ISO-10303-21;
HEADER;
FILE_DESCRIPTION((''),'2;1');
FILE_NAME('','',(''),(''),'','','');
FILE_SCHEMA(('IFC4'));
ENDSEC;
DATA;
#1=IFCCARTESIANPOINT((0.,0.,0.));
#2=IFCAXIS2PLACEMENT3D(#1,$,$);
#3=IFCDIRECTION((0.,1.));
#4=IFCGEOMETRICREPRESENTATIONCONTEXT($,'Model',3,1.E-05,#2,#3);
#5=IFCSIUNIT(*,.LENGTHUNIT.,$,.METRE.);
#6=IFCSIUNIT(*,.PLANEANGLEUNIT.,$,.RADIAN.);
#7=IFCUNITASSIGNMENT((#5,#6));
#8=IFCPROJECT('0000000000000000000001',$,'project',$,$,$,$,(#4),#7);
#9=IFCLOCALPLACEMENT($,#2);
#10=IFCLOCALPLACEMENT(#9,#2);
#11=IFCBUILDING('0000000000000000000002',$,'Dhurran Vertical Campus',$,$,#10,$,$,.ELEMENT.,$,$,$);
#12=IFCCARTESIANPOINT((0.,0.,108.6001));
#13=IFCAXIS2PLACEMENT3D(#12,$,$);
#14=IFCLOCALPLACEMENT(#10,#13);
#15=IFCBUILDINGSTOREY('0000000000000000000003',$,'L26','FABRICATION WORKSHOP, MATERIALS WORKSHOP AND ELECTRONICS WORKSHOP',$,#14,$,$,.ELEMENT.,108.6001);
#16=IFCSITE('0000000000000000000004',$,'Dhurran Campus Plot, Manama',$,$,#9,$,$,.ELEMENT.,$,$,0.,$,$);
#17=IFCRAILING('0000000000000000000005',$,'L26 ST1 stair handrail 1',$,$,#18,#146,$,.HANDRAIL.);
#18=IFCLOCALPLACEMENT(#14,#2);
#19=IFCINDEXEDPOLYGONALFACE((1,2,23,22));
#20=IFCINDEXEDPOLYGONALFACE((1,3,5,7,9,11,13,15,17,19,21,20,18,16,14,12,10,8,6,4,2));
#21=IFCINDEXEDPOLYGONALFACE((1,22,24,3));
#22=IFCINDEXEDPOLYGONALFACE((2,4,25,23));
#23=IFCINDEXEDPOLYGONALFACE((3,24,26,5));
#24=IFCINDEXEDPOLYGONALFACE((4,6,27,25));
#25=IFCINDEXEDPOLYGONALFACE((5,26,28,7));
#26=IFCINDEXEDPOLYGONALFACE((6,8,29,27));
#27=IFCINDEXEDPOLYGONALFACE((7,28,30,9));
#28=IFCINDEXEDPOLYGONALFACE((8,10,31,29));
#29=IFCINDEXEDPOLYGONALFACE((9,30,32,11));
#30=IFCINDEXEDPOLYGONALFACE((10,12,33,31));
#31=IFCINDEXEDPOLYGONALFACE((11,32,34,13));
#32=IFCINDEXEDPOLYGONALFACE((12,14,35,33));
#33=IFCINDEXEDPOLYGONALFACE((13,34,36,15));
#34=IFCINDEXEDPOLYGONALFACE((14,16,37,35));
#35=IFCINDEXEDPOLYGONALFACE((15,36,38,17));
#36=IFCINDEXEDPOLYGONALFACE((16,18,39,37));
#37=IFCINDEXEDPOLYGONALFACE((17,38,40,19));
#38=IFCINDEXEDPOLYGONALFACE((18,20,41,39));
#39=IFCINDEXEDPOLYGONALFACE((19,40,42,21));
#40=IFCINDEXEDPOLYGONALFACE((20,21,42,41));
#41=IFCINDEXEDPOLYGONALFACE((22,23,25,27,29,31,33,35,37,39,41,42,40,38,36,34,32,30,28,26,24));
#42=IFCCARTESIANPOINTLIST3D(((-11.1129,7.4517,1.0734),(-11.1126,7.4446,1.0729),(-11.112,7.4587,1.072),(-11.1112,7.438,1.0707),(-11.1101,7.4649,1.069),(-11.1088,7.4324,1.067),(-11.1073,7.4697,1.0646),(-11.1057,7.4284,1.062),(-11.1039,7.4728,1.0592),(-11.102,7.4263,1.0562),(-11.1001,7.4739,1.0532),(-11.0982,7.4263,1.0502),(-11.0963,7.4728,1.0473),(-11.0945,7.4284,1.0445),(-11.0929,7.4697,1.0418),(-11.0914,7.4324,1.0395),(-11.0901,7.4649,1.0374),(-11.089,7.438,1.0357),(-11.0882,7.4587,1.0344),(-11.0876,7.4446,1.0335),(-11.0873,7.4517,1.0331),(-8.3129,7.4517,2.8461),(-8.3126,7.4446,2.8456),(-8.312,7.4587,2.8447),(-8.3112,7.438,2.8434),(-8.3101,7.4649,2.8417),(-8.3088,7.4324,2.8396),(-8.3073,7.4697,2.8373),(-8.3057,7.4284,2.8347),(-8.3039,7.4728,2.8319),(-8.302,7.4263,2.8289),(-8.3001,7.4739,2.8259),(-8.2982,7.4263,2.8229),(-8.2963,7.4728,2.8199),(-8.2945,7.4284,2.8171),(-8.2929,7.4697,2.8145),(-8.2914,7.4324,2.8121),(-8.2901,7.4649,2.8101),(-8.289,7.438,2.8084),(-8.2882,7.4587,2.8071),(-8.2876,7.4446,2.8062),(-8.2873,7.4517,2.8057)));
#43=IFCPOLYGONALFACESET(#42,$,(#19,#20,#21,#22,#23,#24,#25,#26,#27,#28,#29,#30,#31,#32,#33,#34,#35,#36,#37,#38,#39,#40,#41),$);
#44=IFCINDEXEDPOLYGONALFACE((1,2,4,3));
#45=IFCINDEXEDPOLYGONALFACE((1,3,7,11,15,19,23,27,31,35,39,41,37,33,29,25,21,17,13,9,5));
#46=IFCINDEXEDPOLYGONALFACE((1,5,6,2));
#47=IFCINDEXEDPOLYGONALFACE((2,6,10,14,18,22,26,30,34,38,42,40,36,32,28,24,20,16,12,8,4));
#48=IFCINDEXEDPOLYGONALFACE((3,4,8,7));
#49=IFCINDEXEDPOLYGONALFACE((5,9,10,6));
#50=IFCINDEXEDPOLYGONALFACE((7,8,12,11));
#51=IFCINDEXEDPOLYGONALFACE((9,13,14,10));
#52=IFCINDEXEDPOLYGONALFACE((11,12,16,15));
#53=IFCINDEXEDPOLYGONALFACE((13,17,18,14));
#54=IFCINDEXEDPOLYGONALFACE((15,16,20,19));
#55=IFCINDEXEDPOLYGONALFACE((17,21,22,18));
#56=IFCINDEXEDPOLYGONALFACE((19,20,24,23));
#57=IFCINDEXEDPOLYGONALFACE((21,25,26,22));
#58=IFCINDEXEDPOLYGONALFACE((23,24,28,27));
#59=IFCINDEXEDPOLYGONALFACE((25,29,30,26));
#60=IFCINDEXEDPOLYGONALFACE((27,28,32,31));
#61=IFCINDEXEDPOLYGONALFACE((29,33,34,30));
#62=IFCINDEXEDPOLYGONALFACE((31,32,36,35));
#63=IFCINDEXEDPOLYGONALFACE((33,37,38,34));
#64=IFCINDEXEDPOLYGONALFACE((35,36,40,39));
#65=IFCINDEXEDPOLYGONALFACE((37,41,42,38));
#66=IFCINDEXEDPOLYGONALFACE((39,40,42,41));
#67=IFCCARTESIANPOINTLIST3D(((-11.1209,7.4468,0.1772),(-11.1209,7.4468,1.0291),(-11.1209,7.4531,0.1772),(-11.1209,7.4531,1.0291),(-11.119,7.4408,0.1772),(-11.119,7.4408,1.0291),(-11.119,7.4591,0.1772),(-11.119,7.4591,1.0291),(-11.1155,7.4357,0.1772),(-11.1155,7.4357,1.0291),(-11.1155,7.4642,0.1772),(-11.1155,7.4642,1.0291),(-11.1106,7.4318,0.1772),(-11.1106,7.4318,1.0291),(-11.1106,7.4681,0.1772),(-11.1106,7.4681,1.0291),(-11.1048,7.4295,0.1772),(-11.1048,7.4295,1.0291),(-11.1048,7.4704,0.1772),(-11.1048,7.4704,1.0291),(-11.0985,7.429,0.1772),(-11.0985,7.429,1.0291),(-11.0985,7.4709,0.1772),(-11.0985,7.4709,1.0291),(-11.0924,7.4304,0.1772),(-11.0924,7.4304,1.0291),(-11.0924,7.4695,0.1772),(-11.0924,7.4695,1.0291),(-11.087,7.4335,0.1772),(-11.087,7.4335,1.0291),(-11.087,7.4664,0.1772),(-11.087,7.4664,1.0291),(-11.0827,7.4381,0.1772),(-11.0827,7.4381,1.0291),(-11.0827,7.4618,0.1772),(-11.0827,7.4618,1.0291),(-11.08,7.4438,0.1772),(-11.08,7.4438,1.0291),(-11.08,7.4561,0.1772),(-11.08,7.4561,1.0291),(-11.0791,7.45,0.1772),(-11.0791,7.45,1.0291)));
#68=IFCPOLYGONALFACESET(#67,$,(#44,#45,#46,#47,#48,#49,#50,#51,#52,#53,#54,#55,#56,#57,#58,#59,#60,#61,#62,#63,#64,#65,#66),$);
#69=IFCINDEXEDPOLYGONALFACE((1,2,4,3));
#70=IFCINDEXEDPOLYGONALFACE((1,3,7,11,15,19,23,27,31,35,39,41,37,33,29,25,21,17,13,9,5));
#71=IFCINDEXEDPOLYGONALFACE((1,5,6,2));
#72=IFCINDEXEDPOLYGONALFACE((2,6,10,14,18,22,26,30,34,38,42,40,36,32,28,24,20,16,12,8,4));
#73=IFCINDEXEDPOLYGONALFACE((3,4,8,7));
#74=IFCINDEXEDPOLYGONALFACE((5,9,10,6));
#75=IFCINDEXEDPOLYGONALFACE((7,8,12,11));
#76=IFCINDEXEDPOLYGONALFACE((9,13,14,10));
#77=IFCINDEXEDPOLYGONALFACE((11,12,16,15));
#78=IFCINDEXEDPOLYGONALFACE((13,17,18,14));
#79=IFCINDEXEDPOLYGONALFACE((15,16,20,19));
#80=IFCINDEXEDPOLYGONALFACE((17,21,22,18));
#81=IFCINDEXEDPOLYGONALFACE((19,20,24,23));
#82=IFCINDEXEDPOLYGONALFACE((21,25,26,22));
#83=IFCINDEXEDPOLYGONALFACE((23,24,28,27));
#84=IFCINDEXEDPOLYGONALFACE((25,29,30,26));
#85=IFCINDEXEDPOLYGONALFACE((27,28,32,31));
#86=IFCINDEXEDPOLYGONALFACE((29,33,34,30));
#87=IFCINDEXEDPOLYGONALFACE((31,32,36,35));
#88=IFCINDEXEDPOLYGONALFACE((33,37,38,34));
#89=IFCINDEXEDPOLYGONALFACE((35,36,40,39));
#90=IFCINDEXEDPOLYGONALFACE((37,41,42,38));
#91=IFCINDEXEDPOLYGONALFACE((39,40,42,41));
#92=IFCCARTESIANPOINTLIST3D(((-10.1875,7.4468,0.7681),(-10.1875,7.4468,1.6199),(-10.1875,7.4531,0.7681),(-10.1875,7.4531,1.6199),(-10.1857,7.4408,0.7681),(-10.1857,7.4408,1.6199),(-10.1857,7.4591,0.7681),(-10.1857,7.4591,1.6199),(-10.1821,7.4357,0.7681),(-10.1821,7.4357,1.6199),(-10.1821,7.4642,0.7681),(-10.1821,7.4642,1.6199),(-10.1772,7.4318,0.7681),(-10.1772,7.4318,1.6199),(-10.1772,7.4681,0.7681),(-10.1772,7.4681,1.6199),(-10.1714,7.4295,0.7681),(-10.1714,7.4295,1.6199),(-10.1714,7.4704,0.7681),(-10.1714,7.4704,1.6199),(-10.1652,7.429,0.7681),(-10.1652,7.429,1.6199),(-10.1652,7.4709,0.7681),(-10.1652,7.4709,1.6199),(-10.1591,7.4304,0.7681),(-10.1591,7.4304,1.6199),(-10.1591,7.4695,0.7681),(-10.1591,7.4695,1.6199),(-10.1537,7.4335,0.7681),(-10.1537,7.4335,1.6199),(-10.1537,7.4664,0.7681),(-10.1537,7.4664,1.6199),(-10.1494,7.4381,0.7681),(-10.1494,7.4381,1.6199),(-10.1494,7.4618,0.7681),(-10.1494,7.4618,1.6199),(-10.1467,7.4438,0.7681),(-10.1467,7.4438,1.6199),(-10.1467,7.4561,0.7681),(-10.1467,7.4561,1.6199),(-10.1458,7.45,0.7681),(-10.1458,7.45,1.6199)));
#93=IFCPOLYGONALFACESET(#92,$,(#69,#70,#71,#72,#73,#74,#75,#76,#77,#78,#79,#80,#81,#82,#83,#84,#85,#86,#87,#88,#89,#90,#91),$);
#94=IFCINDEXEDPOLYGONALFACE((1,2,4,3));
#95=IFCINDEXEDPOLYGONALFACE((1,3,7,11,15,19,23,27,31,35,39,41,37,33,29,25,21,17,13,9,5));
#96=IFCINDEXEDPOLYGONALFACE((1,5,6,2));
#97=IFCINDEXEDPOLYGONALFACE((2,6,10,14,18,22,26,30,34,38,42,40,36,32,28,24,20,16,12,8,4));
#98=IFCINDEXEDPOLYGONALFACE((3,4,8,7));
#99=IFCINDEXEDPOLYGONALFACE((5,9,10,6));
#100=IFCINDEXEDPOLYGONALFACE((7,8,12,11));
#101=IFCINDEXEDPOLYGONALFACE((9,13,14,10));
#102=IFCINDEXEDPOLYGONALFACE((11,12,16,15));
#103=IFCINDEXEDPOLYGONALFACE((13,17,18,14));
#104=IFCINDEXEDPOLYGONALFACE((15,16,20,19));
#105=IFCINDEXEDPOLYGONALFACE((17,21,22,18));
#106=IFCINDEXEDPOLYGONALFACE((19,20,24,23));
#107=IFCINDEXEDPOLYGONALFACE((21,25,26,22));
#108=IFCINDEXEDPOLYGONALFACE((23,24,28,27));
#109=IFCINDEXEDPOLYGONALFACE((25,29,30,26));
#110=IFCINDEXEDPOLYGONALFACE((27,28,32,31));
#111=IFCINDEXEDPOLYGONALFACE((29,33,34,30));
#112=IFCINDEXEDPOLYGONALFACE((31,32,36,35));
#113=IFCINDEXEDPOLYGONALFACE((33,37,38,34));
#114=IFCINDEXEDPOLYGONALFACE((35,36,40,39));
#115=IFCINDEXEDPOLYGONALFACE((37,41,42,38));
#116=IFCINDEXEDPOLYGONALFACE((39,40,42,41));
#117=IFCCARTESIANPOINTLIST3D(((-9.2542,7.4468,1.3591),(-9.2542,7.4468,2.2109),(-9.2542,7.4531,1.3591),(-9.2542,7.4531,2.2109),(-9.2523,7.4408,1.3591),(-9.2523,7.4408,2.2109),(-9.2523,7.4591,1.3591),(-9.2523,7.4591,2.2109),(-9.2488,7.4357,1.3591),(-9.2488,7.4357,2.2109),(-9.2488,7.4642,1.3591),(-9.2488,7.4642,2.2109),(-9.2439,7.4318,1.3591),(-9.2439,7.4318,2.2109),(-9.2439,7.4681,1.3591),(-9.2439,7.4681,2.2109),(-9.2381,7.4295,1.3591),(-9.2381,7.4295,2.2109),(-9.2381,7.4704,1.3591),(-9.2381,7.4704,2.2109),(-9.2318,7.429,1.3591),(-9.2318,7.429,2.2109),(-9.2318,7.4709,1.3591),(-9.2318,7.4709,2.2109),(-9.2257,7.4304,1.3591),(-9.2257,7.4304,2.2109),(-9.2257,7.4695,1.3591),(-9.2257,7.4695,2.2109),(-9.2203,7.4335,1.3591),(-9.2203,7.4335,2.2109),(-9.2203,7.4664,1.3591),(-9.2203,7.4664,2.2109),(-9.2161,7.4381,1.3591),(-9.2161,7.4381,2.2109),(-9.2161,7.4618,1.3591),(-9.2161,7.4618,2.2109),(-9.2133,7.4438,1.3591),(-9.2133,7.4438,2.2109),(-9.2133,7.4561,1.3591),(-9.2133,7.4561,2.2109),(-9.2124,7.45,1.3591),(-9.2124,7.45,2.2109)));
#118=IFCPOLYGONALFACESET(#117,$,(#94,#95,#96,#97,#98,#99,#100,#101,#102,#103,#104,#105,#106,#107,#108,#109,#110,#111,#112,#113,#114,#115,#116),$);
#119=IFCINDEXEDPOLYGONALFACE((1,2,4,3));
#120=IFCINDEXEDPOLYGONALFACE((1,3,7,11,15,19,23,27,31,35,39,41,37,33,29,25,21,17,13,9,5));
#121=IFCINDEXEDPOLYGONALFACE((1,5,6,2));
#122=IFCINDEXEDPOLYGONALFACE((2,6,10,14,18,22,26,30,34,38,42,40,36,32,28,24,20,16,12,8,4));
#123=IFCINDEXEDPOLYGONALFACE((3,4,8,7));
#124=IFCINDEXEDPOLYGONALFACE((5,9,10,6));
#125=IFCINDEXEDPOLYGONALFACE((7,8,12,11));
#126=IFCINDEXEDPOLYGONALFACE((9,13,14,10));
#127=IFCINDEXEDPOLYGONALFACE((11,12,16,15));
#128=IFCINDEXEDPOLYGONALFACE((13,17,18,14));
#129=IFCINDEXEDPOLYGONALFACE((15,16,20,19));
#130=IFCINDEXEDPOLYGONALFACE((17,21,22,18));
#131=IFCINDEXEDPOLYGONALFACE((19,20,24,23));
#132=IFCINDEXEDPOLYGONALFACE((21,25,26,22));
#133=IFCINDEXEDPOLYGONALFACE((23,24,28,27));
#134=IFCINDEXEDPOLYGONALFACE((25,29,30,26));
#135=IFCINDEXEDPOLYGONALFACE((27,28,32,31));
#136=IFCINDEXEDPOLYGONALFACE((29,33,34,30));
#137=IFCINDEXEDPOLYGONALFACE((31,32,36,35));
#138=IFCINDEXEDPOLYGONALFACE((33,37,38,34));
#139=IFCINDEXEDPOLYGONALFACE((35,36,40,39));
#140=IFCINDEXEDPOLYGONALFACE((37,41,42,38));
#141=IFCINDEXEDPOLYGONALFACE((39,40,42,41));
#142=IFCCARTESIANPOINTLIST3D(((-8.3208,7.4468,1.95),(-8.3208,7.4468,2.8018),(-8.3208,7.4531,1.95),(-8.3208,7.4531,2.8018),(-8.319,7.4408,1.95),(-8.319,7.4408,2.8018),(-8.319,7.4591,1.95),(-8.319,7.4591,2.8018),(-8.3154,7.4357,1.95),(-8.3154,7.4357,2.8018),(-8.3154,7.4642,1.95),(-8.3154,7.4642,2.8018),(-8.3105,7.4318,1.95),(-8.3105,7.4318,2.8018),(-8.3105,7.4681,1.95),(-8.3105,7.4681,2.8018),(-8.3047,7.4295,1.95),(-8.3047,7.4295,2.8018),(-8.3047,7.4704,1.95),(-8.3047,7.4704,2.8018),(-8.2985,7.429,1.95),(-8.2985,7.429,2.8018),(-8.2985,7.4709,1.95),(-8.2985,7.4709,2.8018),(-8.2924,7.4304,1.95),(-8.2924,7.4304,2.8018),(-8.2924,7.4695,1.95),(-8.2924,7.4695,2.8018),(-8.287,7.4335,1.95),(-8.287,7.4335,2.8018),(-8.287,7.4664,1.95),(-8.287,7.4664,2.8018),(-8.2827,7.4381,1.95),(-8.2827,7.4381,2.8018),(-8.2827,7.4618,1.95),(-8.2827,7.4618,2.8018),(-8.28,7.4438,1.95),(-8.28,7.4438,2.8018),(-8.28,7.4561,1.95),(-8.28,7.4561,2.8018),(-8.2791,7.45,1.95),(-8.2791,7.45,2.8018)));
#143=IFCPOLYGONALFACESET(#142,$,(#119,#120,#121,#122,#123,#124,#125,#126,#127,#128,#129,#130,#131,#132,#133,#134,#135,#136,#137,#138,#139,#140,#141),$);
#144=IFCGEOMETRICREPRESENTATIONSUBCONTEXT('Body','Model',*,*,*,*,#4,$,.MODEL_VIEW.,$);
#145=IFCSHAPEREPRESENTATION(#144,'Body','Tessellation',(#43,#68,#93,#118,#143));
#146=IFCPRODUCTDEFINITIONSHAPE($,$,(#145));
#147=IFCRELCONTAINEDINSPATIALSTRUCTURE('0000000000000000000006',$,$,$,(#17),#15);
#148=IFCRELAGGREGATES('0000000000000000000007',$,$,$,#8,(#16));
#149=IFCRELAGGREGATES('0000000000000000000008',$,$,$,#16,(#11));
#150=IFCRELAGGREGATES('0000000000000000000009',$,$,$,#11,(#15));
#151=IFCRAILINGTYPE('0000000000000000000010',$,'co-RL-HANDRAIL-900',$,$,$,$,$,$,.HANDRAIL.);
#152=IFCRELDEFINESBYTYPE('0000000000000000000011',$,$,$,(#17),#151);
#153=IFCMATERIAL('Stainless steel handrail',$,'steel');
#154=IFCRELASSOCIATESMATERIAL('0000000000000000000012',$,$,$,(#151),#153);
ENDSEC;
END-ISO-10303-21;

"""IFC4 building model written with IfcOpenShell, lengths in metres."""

from ifc_helpers import new_model, si_unit, direction, frame, origin, origin_2d, place, context, subcontext, project, spatial, circle, extrude, material, type_object, element, save


model = new_model("IFC4")

# Units and contexts
model_context = context("Model", 3, precision=1e-05, world=origin(), true_north=direction((0.0, 1.0)))
body_context = subcontext(model_context, "Body", "Model", "MODEL_VIEW")
ifc_project = project(units=[si_unit("LENGTHUNIT", "METRE"), si_unit("PLANEANGLEUNIT", "RADIAN")], contexts=[model_context])

# Site, building, storey
site_placement = place(None, origin())
site = spatial("IfcSite", under=ifc_project, at=site_placement, Name="Dhurran Campus Plot, Manama", CompositionType="ELEMENT", RefElevation=0.0)
building_placement = place(site_placement, origin())
building = spatial("IfcBuilding", under=site, at=building_placement, Name="Dhurran Vertical Campus", CompositionType="ELEMENT")
storey_placement = place(building_placement, frame((0.0, 0.0, 108.6001)))
storey = spatial("IfcBuildingStorey", under=building, at=storey_placement, Name="L26", Description="FABRICATION WORKSHOP, MATERIALS WORKSHOP AND ELECTRONICS WORKSHOP", CompositionType="ELEMENT", Elevation=108.6001)

# Railing
ifc_material_1 = material(Name="Stainless steel handrail", Category="steel")
railing_type_1 = type_object("IfcRailingType", Name="co-RL-HANDRAIL-900", PredefinedType="HANDRAIL", material=ifc_material_1)
railing_1_placement = place(storey_placement, frame((-11.1001, 7.45, 0.1772)))
element("IfcRailing", 1, at=railing_1_placement, inside=storey, type_object=railing_type_1, Name="L26 ST1 stair handrail 1", PredefinedType="HANDRAIL", context=body_context, shape_type="SweptSolid", body=[
    extrude(circle(Radius=0.0239, at=origin_2d()), frame((0.0, 0.0, 0.876), z_axis=(0.844909, 0.0, 0.53491), x_axis=(0.0, 1.0, 0.0)), (0.0, 0.0, 1.0), 3.314),
    extrude(circle(Radius=0.021, at=origin_2d()), origin(), (0.0, 0.0, 1.0), 0.8518),
    extrude(circle(Radius=0.021, at=origin_2d()), frame((0.9333, 0.0, 0.5908)), (0.0, 0.0, 1.0), 0.8518),
    extrude(circle(Radius=0.021, at=origin_2d()), frame((1.8667, 0.0, 1.1819)), (0.0, 0.0, 1.0), 0.8518),
    extrude(circle(Radius=0.021, at=origin_2d()), frame((2.8, 0.0, 1.7727)), (0.0, 0.0, 1.0), 0.8518),
])

save(model, "model.ifc")
